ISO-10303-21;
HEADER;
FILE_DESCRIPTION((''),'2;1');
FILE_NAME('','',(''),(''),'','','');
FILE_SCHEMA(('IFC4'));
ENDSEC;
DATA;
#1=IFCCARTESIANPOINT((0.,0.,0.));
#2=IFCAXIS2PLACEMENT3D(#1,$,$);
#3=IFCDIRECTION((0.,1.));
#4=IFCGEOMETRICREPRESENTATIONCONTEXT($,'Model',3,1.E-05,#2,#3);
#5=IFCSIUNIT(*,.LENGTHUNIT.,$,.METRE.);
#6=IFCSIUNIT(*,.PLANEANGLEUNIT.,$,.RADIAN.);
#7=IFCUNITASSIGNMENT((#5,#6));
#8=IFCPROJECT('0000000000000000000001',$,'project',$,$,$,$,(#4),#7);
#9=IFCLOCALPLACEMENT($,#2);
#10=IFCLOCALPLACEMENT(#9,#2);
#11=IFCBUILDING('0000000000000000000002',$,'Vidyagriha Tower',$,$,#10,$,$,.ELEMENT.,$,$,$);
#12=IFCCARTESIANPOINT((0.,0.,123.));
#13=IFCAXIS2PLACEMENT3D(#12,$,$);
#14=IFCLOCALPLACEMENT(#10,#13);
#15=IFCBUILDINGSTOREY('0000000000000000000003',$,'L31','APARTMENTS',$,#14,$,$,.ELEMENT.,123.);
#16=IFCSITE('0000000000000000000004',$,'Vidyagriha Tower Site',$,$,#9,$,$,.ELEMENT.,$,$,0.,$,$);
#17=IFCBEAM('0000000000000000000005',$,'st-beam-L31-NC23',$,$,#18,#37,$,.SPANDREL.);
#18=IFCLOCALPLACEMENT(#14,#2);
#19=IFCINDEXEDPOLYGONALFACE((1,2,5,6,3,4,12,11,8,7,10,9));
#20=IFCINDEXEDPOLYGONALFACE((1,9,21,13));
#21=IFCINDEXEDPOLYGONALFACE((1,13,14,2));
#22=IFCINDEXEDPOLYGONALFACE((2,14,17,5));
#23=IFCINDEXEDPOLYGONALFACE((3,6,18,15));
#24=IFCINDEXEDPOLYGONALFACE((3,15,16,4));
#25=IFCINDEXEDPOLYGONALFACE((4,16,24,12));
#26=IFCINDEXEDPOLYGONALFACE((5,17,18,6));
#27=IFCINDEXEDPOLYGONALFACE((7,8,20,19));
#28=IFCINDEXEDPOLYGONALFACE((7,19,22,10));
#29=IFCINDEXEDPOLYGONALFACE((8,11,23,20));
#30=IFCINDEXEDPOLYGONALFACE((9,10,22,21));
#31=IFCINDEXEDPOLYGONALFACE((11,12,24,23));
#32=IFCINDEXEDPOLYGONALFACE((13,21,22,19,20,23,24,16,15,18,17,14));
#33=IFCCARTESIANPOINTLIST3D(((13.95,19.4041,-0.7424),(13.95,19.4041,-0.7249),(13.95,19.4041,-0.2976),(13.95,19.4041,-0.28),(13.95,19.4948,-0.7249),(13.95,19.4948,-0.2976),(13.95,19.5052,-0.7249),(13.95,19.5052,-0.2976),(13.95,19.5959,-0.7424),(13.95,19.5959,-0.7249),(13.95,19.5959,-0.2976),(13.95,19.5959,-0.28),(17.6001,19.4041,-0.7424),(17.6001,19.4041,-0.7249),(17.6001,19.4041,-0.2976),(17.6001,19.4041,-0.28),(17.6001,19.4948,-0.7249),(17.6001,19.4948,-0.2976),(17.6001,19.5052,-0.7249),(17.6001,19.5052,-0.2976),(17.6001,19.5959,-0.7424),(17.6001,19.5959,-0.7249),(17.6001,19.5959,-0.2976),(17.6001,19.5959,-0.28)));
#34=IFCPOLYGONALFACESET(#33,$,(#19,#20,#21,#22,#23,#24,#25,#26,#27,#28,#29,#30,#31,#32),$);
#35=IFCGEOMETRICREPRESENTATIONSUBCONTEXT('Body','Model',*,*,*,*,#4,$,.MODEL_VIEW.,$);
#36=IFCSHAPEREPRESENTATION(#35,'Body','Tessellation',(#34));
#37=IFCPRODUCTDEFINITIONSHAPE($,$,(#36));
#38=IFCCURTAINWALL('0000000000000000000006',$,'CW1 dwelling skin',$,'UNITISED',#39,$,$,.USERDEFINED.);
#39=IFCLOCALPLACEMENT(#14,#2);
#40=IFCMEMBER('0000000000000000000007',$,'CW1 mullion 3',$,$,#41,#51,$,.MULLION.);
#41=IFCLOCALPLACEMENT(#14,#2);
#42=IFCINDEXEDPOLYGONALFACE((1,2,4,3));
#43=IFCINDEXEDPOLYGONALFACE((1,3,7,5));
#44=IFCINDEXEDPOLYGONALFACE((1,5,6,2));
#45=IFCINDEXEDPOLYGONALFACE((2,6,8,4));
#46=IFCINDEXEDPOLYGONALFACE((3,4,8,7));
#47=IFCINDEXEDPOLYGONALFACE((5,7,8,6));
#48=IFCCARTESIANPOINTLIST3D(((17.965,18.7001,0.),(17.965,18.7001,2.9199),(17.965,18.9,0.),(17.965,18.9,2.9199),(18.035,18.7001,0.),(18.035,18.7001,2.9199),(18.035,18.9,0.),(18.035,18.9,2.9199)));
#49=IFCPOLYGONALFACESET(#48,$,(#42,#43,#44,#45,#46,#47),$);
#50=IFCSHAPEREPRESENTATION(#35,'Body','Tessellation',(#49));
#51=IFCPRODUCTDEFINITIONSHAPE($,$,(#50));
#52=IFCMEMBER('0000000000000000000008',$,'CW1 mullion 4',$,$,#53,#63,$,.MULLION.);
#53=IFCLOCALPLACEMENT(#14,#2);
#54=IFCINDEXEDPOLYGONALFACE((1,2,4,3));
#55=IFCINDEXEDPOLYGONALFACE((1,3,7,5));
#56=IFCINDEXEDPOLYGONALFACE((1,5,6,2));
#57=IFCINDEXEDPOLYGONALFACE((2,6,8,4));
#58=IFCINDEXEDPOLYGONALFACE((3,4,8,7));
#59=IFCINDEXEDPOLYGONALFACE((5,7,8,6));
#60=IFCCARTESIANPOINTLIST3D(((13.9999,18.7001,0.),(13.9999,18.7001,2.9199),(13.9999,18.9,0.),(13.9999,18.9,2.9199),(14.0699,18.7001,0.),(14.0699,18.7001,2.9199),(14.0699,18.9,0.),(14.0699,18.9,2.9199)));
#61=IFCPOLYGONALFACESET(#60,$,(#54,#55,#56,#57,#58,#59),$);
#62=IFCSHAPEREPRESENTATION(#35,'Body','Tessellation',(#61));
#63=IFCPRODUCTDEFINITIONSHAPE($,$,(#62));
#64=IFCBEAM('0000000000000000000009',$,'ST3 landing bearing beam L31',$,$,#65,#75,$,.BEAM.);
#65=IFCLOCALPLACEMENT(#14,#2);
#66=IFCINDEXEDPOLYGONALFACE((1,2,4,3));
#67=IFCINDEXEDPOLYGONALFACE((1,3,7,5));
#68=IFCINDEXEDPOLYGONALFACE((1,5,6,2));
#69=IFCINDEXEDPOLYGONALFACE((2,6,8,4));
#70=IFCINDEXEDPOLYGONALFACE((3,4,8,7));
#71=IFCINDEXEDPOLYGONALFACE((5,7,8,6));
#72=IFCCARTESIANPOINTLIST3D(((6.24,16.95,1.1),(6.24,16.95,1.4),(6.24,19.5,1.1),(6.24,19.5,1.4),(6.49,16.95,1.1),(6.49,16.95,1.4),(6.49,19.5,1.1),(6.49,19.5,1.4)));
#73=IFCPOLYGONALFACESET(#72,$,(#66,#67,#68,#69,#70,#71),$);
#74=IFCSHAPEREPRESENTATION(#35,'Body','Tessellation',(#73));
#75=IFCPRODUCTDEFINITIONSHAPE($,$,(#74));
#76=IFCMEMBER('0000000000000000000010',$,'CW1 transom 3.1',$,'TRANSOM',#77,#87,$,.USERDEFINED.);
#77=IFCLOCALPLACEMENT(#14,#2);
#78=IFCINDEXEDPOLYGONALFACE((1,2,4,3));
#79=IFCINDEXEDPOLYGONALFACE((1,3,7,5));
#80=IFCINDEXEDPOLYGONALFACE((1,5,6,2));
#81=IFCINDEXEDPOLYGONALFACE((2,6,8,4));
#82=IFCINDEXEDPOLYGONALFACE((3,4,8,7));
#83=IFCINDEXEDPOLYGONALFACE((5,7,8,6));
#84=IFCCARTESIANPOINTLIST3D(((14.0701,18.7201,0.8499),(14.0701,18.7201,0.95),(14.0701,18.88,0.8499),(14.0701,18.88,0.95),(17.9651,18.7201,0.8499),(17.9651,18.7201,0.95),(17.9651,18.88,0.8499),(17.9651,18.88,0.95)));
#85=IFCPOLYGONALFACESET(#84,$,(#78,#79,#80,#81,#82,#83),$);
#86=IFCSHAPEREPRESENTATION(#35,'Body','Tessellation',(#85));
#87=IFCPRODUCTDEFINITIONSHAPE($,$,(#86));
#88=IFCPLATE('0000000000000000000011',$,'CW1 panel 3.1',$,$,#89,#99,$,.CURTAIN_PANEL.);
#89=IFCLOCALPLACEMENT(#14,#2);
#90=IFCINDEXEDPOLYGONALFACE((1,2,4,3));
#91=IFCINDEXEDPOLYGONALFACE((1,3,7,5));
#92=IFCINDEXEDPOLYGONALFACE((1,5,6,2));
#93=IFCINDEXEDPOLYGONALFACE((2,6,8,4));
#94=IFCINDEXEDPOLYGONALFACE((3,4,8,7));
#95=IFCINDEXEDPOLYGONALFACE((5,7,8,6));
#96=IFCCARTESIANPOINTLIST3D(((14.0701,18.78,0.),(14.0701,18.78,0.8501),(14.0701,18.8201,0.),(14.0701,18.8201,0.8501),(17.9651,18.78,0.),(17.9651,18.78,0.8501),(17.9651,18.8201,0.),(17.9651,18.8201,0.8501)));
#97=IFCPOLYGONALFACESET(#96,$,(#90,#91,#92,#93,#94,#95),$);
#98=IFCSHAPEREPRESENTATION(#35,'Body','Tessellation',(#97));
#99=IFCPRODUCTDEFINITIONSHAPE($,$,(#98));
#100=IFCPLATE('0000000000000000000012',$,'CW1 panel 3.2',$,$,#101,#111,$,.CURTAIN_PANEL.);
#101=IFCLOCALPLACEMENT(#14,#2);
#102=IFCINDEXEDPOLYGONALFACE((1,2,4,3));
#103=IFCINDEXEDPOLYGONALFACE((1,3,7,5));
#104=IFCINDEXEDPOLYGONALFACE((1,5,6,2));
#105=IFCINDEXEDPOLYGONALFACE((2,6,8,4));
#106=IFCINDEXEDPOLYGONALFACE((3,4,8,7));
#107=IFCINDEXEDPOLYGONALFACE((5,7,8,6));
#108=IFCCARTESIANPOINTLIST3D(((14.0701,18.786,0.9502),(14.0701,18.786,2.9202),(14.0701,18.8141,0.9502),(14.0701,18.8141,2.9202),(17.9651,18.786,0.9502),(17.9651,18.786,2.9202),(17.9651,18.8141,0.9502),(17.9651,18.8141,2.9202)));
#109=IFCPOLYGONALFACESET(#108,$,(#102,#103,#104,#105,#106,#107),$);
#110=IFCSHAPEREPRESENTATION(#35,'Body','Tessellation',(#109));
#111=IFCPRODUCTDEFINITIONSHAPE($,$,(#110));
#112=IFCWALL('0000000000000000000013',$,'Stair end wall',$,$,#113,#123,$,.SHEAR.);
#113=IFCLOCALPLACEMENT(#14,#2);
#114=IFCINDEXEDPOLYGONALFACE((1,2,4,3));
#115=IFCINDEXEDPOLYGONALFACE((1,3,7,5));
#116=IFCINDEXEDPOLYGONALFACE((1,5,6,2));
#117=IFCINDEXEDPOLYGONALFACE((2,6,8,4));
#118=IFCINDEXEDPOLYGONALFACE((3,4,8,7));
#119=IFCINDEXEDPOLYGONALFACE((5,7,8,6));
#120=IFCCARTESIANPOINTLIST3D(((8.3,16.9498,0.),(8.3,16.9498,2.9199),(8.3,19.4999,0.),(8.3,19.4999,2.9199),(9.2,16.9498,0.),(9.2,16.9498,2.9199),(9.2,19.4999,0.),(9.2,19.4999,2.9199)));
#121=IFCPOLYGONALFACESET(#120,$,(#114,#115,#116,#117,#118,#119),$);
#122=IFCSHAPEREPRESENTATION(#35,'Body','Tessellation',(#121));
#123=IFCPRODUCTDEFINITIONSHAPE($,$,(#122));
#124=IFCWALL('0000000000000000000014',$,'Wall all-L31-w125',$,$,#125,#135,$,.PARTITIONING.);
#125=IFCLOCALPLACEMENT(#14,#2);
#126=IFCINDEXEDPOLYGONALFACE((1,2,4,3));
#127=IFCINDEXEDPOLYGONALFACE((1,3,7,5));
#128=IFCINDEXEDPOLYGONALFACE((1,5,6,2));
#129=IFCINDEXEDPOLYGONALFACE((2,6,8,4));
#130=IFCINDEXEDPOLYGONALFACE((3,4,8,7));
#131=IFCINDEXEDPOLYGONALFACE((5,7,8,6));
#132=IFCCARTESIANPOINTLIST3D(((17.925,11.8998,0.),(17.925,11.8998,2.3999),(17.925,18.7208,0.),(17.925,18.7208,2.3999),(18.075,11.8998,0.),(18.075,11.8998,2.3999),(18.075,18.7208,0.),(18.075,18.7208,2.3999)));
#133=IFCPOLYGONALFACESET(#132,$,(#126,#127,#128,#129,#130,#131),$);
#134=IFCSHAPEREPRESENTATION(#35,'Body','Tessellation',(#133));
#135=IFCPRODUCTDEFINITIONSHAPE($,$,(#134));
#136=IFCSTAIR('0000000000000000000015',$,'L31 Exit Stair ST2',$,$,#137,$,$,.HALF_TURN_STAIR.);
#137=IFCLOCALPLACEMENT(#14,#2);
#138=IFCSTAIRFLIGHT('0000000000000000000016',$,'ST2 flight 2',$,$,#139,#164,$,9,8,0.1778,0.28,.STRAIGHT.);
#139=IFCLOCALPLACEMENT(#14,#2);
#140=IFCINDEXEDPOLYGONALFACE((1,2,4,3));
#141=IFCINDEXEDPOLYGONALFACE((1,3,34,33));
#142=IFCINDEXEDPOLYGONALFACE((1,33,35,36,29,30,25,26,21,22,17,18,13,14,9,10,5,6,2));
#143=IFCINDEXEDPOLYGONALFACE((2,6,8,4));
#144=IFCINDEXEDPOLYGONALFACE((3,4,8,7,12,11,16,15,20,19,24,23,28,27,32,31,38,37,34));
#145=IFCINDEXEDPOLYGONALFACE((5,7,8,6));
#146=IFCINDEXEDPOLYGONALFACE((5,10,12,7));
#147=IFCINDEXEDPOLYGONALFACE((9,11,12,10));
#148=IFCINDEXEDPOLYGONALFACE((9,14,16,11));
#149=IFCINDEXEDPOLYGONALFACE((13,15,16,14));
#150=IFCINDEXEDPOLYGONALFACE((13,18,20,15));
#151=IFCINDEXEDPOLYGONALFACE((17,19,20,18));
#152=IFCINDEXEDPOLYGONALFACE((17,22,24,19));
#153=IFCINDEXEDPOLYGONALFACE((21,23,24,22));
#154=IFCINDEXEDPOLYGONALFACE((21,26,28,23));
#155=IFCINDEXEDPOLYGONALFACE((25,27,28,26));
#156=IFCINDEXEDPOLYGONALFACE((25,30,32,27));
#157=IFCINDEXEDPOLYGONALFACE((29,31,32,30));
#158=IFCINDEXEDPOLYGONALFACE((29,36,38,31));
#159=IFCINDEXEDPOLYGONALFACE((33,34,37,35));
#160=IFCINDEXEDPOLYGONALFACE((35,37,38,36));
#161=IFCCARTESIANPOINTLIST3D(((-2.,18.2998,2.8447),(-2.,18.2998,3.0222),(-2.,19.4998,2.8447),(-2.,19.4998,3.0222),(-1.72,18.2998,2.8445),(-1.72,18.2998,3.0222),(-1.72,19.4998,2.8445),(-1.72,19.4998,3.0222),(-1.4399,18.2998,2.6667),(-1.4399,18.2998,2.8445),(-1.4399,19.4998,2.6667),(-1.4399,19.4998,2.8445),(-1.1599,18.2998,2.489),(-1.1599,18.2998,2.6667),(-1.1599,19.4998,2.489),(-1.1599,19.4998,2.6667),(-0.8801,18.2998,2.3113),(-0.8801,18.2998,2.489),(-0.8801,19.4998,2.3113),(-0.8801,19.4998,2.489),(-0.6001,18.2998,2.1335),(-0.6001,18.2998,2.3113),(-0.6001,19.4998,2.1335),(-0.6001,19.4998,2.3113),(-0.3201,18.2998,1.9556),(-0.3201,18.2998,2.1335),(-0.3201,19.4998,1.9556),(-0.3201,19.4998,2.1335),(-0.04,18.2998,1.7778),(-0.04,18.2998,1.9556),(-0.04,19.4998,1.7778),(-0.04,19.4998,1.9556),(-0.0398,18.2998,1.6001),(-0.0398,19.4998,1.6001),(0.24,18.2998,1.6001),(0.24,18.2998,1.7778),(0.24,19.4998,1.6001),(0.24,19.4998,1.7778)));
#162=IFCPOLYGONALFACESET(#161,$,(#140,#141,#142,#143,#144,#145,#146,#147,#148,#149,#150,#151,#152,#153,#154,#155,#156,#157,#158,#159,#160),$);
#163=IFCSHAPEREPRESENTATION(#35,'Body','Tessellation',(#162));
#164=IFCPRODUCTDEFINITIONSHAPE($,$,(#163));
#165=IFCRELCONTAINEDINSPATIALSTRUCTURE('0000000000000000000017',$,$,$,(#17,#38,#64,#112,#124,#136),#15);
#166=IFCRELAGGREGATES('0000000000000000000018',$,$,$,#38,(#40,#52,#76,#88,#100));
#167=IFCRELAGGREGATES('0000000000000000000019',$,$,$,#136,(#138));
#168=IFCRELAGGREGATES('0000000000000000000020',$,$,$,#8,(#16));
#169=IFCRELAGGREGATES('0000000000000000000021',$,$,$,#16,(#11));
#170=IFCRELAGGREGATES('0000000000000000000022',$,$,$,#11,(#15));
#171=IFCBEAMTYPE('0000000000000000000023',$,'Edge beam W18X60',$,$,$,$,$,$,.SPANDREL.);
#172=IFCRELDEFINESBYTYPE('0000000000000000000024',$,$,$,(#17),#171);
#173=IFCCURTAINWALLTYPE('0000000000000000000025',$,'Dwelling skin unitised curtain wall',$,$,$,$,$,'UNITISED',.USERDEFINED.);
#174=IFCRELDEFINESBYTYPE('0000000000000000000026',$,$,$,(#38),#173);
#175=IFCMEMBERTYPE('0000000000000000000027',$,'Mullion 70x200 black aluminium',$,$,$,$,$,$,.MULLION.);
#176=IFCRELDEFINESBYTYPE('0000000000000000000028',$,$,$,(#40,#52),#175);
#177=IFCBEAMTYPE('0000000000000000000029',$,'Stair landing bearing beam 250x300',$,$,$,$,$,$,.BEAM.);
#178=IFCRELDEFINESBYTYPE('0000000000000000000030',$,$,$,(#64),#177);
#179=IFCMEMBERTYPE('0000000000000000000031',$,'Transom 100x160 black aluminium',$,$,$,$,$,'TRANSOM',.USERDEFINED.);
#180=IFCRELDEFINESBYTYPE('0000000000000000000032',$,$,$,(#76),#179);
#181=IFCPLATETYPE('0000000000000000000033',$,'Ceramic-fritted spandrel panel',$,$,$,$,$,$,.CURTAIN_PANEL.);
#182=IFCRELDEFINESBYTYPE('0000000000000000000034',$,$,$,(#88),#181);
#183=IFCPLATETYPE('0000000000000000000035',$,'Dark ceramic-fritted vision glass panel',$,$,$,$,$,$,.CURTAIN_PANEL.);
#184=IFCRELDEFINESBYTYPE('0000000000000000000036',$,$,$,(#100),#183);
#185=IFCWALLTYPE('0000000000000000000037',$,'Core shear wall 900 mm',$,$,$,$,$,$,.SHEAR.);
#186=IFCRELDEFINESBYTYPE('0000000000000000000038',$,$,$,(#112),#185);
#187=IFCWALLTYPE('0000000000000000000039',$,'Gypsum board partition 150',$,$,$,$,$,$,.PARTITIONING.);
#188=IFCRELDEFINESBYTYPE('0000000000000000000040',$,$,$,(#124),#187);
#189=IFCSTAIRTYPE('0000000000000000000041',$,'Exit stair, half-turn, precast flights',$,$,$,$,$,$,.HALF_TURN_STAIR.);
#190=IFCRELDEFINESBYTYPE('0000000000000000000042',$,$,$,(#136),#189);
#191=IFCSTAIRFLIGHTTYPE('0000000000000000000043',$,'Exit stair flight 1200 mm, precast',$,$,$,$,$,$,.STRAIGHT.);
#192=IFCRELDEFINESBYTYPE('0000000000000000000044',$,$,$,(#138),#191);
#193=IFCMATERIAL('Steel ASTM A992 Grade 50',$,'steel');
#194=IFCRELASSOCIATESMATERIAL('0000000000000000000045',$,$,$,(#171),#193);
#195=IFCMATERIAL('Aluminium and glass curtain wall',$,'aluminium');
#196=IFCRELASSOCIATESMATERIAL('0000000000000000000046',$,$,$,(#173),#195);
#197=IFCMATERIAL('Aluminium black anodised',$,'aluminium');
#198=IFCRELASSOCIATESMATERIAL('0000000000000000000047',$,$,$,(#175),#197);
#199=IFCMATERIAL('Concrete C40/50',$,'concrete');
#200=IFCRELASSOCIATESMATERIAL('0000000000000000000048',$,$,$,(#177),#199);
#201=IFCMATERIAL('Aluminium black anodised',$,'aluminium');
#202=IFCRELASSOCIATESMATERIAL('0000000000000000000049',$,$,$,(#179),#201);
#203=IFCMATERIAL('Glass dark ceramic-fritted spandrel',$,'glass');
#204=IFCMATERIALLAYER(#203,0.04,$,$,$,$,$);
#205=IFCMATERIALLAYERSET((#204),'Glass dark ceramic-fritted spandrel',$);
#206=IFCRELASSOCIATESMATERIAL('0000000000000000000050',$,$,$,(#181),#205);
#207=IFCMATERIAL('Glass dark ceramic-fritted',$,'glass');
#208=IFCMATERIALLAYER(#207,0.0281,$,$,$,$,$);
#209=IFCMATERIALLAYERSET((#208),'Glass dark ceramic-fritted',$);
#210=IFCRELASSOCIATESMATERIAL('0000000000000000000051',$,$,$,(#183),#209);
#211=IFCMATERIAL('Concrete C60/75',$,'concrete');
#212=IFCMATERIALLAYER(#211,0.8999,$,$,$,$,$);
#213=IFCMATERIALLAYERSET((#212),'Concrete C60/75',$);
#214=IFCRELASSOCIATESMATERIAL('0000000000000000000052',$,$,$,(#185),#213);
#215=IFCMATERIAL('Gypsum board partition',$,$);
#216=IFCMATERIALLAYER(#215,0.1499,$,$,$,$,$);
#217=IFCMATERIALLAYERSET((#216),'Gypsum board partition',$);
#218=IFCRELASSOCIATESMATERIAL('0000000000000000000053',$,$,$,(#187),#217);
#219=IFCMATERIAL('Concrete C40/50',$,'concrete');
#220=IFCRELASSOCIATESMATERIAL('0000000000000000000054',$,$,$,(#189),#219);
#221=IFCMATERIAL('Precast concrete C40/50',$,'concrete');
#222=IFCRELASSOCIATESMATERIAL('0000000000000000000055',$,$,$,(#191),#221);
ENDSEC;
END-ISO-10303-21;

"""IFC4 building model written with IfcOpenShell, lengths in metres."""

from ifc_helpers import new_model, si_unit, direction, frame, frame_2d, origin, origin_2d, place, context, subcontext, project, spatial, polyline, rectangle, i_section, outline, extrude, material, layer, layer_set, material_profile, profile_set, type_object, element, aggregate, save


model = new_model("IFC4")

# Units and contexts
model_context = context("Model", 3, precision=1e-05, world=origin(), true_north=direction((0.0, 1.0)))
body_context = subcontext(model_context, "Body", "Model", "MODEL_VIEW")
ifc_project = project(units=[si_unit("LENGTHUNIT", "METRE"), si_unit("PLANEANGLEUNIT", "RADIAN")], contexts=[model_context])

# Site, building, storey
site_placement = place(None, origin())
site = spatial("IfcSite", under=ifc_project, at=site_placement, Name="Vidyagriha Tower Site", CompositionType="ELEMENT", RefElevation=0.0)
building_placement = place(site_placement, origin())
building = spatial("IfcBuilding", under=site, at=building_placement, Name="Vidyagriha Tower", CompositionType="ELEMENT")
storey_placement = place(building_placement, frame((0.0, 0.0, 123.0)))
storey = spatial("IfcBuildingStorey", under=building, at=storey_placement, Name="L31", Description="APARTMENTS", CompositionType="ELEMENT", Elevation=123.0)

# Beam
ifc_material_1 = material(Name="Steel ASTM A992 Grade 50", Category="steel")
ifc_material_profile_1 = material_profile(ifc_material_1, i_section(OverallWidth=0.1919, OverallDepth=0.4624, WebThickness=0.0105, FlangeThickness=0.0176, at=origin_2d()), Name="W18X60")
ifc_profile_set_1 = profile_set([ifc_material_profile_1], Name="Steel ASTM A992 Grade 50")
beam_type_1 = type_object("IfcBeamType", Name="Edge beam W18X60", PredefinedType="SPANDREL", material=ifc_profile_set_1)
beam_1_placement = place(storey_placement, frame((13.95, 19.5, -0.5112), z_axis=(1.0, 0.0, 0.0), x_axis=(0.0, 1.0, 0.0)))
element("IfcBeam", 1, at=beam_1_placement, inside=storey, type_object=beam_type_1, Name="st-beam-L31-NC23", PredefinedType="SPANDREL", context=body_context, shape_type="SweptSolid", body=[
    extrude(i_section(OverallWidth=0.1919, OverallDepth=0.4624, WebThickness=0.0105, FlangeThickness=0.0176, at=origin_2d()), origin(), (0.0, 0.0, 1.0), 3.6501),
])

# Curtain wall, members
ifc_material_2 = material(Name="Aluminium and glass curtain wall", Category="aluminium")
curtain_wall_type = type_object("IfcCurtainWallType", Name="Dwelling skin unitised curtain wall", ElementType="UNITISED", PredefinedType="USERDEFINED", material=ifc_material_2)
curtain_wall_placement = place(storey_placement, origin())
curtain_wall = element("IfcCurtainWall", 2, at=curtain_wall_placement, inside=storey, type_object=curtain_wall_type, Name="CW1 dwelling skin", ObjectType="UNITISED", PredefinedType="USERDEFINED")
ifc_material_3 = material(Name="Aluminium black anodised", Category="aluminium")
ifc_material_profile_2 = material_profile(ifc_material_3, rectangle(XDim=0.2, YDim=0.0701, at=origin_2d()), Name="Mullion 70x200 black aluminium")
ifc_profile_set_2 = profile_set([ifc_material_profile_2], Name="Aluminium black anodised")
member_type_1 = type_object("IfcMemberType", Name="Mullion 70x200 black aluminium", PredefinedType="MULLION", material=ifc_profile_set_2)
member_1_placement = place(storey_placement, frame((18.0, 18.8, 0.0), z_axis=(0.0, 0.0, 1.0), x_axis=(0.0, -1.0, 0.0)))
member_1 = element("IfcMember", 3, at=member_1_placement, type_object=member_type_1, Name="CW1 mullion 3", PredefinedType="MULLION", context=body_context, shape_type="SweptSolid", body=[
    extrude(rectangle(XDim=0.2, YDim=0.0701, at=origin_2d()), origin(), (0.0, 0.0, 1.0), 2.9199),
])
member_2_placement = place(storey_placement, frame((14.0349, 18.8, 0.0), z_axis=(0.0, 0.0, 1.0), x_axis=(0.0, -1.0, 0.0)))
member_2 = element("IfcMember", 4, at=member_2_placement, type_object=member_type_1, Name="CW1 mullion 4", PredefinedType="MULLION", context=body_context, shape_type="SweptSolid", body=[
    extrude(rectangle(XDim=0.2, YDim=0.0701, at=origin_2d()), origin(), (0.0, 0.0, 1.0), 2.9199),
])

# Beam
ifc_material_4 = material(Name="Concrete C40/50", Category="concrete")
ifc_material_profile_3 = material_profile(ifc_material_4, rectangle(XDim=0.25, YDim=0.3, at=origin_2d()), Name="Stair landing bearing beam 250x300")
ifc_profile_set_3 = profile_set([ifc_material_profile_3], Name="Concrete C40/50")
beam_type_2 = type_object("IfcBeamType", Name="Stair landing bearing beam 250x300", PredefinedType="BEAM", material=ifc_profile_set_3)
beam_2_placement = place(storey_placement, frame((6.365, 16.95, 1.25), z_axis=(0.0, 1.0, 0.0), x_axis=(-1.0, 0.0, 0.0)))
element("IfcBeam", 5, at=beam_2_placement, inside=storey, type_object=beam_type_2, Name="ST3 landing bearing beam L31", PredefinedType="BEAM", context=body_context, shape_type="SweptSolid", body=[
    extrude(rectangle(XDim=0.25, YDim=0.3, at=origin_2d()), origin(), (0.0, 0.0, 1.0), 2.55),
])

# Member
ifc_material_5 = material(Name="Aluminium black anodised", Category="aluminium")
ifc_material_profile_4 = material_profile(ifc_material_5, rectangle(XDim=0.1599, YDim=0.1001, at=origin_2d()), Name="Transom 100x160 black aluminium")
ifc_profile_set_4 = profile_set([ifc_material_profile_4], Name="Aluminium black anodised")
member_type_2 = type_object("IfcMemberType", Name="Transom 100x160 black aluminium", ElementType="TRANSOM", PredefinedType="USERDEFINED", material=ifc_profile_set_4)
member_3_placement = place(storey_placement, frame((17.9651, 18.8, 0.8999), z_axis=(-1.0, 0.0, 0.0), x_axis=(0.0, -1.0, 0.0)))
member_3 = element("IfcMember", 6, at=member_3_placement, type_object=member_type_2, Name="CW1 transom 3.1", ObjectType="TRANSOM", PredefinedType="USERDEFINED", context=body_context, shape_type="SweptSolid", body=[
    extrude(rectangle(XDim=0.1599, YDim=0.1001, at=origin_2d()), origin(), (0.0, 0.0, 1.0), 3.895),
])

# Plates
ifc_material_6 = material(Name="Glass dark ceramic-fritted spandrel", Category="glass")
ifc_layer_1 = layer(ifc_material_6, 0.04)
ifc_layer_set_1 = layer_set([ifc_layer_1], Name="Glass dark ceramic-fritted spandrel")
plate_type_1 = type_object("IfcPlateType", Name="Ceramic-fritted spandrel panel", PredefinedType="CURTAIN_PANEL", material=ifc_layer_set_1)
plate_1_placement = place(storey_placement, frame((16.0176, 18.8, 0.0), z_axis=(0.0, 0.0, 1.0), x_axis=(-1.0, 0.0, 0.0)))
plate_1 = element("IfcPlate", 7, at=plate_1_placement, type_object=plate_type_1, Name="CW1 panel 3.1", PredefinedType="CURTAIN_PANEL", context=body_context, shape_type="SweptSolid", body=[
    extrude(rectangle(XDim=3.895, YDim=0.04, at=origin_2d()), origin(), (0.0, 0.0, 1.0), 0.8501),
])
ifc_material_7 = material(Name="Glass dark ceramic-fritted", Category="glass")
ifc_layer_2 = layer(ifc_material_7, 0.0281)
ifc_layer_set_2 = layer_set([ifc_layer_2], Name="Glass dark ceramic-fritted")
plate_type_2 = type_object("IfcPlateType", Name="Dark ceramic-fritted vision glass panel", PredefinedType="CURTAIN_PANEL", material=ifc_layer_set_2)
plate_2_placement = place(storey_placement, frame((16.0176, 18.8, 0.9502), z_axis=(0.0, 0.0, 1.0), x_axis=(-1.0, 0.0, 0.0)))
plate_2 = element("IfcPlate", 8, at=plate_2_placement, type_object=plate_type_2, Name="CW1 panel 3.2", PredefinedType="CURTAIN_PANEL", context=body_context, shape_type="SweptSolid", body=[
    extrude(rectangle(XDim=3.895, YDim=0.0281, at=origin_2d()), origin(), (0.0, 0.0, 1.0), 1.97),
])
aggregate(curtain_wall, [member_1, member_2, member_3, plate_1, plate_2])

# Walls
ifc_material_8 = material(Name="Concrete C60/75", Category="concrete")
ifc_layer_3 = layer(ifc_material_8, 0.8999)
ifc_layer_set_3 = layer_set([ifc_layer_3], Name="Concrete C60/75")
wall_type_1 = type_object("IfcWallType", Name="Core shear wall 900 mm", PredefinedType="SHEAR", material=ifc_layer_set_3)
wall_1_placement = place(storey_placement, frame((8.75, 16.95, 0.0), z_axis=(0.0, 0.0, 1.0), x_axis=(0.0, 1.0, 0.0)))
element("IfcWall", 9, at=wall_1_placement, inside=storey, type_object=wall_type_1, Name="Stair end wall", PredefinedType="SHEAR", context=body_context, shape_type="SweptSolid", body=[
    extrude(rectangle(XDim=2.55, YDim=0.8999, at=frame_2d((1.2749, 0.0))), origin(), (0.0, 0.0, 1.0), 2.9199),
])
ifc_material_9 = material(Name="Gypsum board partition")
ifc_layer_4 = layer(ifc_material_9, 0.1499)
ifc_layer_set_4 = layer_set([ifc_layer_4], Name="Gypsum board partition")
wall_type_2 = type_object("IfcWallType", Name="Gypsum board partition 150", PredefinedType="PARTITIONING", material=ifc_layer_set_4)
wall_2_placement = place(storey_placement, frame((18.0, 18.7209, 0.0), z_axis=(0.0, 0.0, 1.0), x_axis=(0.0, -1.0, 0.0)))
element("IfcWall", 10, at=wall_2_placement, inside=storey, type_object=wall_type_2, Name="Wall all-L31-w125", PredefinedType="PARTITIONING", context=body_context, shape_type="SweptSolid", body=[
    extrude(rectangle(XDim=6.821, YDim=0.1499, at=frame_2d((3.4106, 0.0))), origin(), (0.0, 0.0, 1.0), 2.3999),
])

# Stair, stair flight
ifc_material_10 = material(Name="Concrete C40/50", Category="concrete")
stair_type = type_object("IfcStairType", Name="Exit stair, half-turn, precast flights", PredefinedType="HALF_TURN_STAIR", material=ifc_material_10)
stair_1_placement = place(storey_placement, origin())
stair_1 = element("IfcStair", 11, at=stair_1_placement, inside=storey, type_object=stair_type, Name="L31 Exit Stair ST2", PredefinedType="HALF_TURN_STAIR")
ifc_material_11 = material(Name="Precast concrete C40/50", Category="concrete")
stair_flight_type = type_object("IfcStairFlightType", Name="Exit stair flight 1200 mm, precast", PredefinedType="STRAIGHT", material=ifc_material_11)
stair_flight_1_placement = place(storey_placement, frame((0.24, 18.8999, 1.6001), z_axis=(0.0, 0.0, 1.0), x_axis=(-1.0, 0.0, 0.0)))
stair_flight_1 = element("IfcStairFlight", 12, at=stair_flight_1_placement, type_object=stair_flight_type, Name="ST2 flight 2", NumberOfRisers=9, NumberOfTreads=8, PredefinedType="STRAIGHT", RiserHeight=0.1778, TreadLength=0.28, context=body_context, shape_type="SweptSolid", body=[
    extrude(outline(polyline([(0.0, 0.0), (0.0, 0.1777), (0.28, 0.1777), (0.28, 0.3555), (0.5601, 0.3555), (0.5601, 0.5334), (0.8401, 0.5334), (0.8401, 0.7112), (1.1201, 0.7112), (1.1201, 0.8889), (1.3999, 0.8889), (1.3999, 1.0667), (1.6799, 1.0667), (1.6799, 1.2444), (1.96, 1.2444), (1.96, 1.4221), (2.24, 1.4221), (2.24, 1.6001), (2.24, 1.2446), (0.2798, 0.0), (0.0, 0.0)])), frame((0.0, 0.6001, 0.0), z_axis=(0.0, -1.0, 0.0), x_axis=(1.0, 0.0, 0.0)), (0.0, 0.0, 1.0), 1.2),
])
aggregate(stair_1, [stair_flight_1])

save(model, "model.ifc")
